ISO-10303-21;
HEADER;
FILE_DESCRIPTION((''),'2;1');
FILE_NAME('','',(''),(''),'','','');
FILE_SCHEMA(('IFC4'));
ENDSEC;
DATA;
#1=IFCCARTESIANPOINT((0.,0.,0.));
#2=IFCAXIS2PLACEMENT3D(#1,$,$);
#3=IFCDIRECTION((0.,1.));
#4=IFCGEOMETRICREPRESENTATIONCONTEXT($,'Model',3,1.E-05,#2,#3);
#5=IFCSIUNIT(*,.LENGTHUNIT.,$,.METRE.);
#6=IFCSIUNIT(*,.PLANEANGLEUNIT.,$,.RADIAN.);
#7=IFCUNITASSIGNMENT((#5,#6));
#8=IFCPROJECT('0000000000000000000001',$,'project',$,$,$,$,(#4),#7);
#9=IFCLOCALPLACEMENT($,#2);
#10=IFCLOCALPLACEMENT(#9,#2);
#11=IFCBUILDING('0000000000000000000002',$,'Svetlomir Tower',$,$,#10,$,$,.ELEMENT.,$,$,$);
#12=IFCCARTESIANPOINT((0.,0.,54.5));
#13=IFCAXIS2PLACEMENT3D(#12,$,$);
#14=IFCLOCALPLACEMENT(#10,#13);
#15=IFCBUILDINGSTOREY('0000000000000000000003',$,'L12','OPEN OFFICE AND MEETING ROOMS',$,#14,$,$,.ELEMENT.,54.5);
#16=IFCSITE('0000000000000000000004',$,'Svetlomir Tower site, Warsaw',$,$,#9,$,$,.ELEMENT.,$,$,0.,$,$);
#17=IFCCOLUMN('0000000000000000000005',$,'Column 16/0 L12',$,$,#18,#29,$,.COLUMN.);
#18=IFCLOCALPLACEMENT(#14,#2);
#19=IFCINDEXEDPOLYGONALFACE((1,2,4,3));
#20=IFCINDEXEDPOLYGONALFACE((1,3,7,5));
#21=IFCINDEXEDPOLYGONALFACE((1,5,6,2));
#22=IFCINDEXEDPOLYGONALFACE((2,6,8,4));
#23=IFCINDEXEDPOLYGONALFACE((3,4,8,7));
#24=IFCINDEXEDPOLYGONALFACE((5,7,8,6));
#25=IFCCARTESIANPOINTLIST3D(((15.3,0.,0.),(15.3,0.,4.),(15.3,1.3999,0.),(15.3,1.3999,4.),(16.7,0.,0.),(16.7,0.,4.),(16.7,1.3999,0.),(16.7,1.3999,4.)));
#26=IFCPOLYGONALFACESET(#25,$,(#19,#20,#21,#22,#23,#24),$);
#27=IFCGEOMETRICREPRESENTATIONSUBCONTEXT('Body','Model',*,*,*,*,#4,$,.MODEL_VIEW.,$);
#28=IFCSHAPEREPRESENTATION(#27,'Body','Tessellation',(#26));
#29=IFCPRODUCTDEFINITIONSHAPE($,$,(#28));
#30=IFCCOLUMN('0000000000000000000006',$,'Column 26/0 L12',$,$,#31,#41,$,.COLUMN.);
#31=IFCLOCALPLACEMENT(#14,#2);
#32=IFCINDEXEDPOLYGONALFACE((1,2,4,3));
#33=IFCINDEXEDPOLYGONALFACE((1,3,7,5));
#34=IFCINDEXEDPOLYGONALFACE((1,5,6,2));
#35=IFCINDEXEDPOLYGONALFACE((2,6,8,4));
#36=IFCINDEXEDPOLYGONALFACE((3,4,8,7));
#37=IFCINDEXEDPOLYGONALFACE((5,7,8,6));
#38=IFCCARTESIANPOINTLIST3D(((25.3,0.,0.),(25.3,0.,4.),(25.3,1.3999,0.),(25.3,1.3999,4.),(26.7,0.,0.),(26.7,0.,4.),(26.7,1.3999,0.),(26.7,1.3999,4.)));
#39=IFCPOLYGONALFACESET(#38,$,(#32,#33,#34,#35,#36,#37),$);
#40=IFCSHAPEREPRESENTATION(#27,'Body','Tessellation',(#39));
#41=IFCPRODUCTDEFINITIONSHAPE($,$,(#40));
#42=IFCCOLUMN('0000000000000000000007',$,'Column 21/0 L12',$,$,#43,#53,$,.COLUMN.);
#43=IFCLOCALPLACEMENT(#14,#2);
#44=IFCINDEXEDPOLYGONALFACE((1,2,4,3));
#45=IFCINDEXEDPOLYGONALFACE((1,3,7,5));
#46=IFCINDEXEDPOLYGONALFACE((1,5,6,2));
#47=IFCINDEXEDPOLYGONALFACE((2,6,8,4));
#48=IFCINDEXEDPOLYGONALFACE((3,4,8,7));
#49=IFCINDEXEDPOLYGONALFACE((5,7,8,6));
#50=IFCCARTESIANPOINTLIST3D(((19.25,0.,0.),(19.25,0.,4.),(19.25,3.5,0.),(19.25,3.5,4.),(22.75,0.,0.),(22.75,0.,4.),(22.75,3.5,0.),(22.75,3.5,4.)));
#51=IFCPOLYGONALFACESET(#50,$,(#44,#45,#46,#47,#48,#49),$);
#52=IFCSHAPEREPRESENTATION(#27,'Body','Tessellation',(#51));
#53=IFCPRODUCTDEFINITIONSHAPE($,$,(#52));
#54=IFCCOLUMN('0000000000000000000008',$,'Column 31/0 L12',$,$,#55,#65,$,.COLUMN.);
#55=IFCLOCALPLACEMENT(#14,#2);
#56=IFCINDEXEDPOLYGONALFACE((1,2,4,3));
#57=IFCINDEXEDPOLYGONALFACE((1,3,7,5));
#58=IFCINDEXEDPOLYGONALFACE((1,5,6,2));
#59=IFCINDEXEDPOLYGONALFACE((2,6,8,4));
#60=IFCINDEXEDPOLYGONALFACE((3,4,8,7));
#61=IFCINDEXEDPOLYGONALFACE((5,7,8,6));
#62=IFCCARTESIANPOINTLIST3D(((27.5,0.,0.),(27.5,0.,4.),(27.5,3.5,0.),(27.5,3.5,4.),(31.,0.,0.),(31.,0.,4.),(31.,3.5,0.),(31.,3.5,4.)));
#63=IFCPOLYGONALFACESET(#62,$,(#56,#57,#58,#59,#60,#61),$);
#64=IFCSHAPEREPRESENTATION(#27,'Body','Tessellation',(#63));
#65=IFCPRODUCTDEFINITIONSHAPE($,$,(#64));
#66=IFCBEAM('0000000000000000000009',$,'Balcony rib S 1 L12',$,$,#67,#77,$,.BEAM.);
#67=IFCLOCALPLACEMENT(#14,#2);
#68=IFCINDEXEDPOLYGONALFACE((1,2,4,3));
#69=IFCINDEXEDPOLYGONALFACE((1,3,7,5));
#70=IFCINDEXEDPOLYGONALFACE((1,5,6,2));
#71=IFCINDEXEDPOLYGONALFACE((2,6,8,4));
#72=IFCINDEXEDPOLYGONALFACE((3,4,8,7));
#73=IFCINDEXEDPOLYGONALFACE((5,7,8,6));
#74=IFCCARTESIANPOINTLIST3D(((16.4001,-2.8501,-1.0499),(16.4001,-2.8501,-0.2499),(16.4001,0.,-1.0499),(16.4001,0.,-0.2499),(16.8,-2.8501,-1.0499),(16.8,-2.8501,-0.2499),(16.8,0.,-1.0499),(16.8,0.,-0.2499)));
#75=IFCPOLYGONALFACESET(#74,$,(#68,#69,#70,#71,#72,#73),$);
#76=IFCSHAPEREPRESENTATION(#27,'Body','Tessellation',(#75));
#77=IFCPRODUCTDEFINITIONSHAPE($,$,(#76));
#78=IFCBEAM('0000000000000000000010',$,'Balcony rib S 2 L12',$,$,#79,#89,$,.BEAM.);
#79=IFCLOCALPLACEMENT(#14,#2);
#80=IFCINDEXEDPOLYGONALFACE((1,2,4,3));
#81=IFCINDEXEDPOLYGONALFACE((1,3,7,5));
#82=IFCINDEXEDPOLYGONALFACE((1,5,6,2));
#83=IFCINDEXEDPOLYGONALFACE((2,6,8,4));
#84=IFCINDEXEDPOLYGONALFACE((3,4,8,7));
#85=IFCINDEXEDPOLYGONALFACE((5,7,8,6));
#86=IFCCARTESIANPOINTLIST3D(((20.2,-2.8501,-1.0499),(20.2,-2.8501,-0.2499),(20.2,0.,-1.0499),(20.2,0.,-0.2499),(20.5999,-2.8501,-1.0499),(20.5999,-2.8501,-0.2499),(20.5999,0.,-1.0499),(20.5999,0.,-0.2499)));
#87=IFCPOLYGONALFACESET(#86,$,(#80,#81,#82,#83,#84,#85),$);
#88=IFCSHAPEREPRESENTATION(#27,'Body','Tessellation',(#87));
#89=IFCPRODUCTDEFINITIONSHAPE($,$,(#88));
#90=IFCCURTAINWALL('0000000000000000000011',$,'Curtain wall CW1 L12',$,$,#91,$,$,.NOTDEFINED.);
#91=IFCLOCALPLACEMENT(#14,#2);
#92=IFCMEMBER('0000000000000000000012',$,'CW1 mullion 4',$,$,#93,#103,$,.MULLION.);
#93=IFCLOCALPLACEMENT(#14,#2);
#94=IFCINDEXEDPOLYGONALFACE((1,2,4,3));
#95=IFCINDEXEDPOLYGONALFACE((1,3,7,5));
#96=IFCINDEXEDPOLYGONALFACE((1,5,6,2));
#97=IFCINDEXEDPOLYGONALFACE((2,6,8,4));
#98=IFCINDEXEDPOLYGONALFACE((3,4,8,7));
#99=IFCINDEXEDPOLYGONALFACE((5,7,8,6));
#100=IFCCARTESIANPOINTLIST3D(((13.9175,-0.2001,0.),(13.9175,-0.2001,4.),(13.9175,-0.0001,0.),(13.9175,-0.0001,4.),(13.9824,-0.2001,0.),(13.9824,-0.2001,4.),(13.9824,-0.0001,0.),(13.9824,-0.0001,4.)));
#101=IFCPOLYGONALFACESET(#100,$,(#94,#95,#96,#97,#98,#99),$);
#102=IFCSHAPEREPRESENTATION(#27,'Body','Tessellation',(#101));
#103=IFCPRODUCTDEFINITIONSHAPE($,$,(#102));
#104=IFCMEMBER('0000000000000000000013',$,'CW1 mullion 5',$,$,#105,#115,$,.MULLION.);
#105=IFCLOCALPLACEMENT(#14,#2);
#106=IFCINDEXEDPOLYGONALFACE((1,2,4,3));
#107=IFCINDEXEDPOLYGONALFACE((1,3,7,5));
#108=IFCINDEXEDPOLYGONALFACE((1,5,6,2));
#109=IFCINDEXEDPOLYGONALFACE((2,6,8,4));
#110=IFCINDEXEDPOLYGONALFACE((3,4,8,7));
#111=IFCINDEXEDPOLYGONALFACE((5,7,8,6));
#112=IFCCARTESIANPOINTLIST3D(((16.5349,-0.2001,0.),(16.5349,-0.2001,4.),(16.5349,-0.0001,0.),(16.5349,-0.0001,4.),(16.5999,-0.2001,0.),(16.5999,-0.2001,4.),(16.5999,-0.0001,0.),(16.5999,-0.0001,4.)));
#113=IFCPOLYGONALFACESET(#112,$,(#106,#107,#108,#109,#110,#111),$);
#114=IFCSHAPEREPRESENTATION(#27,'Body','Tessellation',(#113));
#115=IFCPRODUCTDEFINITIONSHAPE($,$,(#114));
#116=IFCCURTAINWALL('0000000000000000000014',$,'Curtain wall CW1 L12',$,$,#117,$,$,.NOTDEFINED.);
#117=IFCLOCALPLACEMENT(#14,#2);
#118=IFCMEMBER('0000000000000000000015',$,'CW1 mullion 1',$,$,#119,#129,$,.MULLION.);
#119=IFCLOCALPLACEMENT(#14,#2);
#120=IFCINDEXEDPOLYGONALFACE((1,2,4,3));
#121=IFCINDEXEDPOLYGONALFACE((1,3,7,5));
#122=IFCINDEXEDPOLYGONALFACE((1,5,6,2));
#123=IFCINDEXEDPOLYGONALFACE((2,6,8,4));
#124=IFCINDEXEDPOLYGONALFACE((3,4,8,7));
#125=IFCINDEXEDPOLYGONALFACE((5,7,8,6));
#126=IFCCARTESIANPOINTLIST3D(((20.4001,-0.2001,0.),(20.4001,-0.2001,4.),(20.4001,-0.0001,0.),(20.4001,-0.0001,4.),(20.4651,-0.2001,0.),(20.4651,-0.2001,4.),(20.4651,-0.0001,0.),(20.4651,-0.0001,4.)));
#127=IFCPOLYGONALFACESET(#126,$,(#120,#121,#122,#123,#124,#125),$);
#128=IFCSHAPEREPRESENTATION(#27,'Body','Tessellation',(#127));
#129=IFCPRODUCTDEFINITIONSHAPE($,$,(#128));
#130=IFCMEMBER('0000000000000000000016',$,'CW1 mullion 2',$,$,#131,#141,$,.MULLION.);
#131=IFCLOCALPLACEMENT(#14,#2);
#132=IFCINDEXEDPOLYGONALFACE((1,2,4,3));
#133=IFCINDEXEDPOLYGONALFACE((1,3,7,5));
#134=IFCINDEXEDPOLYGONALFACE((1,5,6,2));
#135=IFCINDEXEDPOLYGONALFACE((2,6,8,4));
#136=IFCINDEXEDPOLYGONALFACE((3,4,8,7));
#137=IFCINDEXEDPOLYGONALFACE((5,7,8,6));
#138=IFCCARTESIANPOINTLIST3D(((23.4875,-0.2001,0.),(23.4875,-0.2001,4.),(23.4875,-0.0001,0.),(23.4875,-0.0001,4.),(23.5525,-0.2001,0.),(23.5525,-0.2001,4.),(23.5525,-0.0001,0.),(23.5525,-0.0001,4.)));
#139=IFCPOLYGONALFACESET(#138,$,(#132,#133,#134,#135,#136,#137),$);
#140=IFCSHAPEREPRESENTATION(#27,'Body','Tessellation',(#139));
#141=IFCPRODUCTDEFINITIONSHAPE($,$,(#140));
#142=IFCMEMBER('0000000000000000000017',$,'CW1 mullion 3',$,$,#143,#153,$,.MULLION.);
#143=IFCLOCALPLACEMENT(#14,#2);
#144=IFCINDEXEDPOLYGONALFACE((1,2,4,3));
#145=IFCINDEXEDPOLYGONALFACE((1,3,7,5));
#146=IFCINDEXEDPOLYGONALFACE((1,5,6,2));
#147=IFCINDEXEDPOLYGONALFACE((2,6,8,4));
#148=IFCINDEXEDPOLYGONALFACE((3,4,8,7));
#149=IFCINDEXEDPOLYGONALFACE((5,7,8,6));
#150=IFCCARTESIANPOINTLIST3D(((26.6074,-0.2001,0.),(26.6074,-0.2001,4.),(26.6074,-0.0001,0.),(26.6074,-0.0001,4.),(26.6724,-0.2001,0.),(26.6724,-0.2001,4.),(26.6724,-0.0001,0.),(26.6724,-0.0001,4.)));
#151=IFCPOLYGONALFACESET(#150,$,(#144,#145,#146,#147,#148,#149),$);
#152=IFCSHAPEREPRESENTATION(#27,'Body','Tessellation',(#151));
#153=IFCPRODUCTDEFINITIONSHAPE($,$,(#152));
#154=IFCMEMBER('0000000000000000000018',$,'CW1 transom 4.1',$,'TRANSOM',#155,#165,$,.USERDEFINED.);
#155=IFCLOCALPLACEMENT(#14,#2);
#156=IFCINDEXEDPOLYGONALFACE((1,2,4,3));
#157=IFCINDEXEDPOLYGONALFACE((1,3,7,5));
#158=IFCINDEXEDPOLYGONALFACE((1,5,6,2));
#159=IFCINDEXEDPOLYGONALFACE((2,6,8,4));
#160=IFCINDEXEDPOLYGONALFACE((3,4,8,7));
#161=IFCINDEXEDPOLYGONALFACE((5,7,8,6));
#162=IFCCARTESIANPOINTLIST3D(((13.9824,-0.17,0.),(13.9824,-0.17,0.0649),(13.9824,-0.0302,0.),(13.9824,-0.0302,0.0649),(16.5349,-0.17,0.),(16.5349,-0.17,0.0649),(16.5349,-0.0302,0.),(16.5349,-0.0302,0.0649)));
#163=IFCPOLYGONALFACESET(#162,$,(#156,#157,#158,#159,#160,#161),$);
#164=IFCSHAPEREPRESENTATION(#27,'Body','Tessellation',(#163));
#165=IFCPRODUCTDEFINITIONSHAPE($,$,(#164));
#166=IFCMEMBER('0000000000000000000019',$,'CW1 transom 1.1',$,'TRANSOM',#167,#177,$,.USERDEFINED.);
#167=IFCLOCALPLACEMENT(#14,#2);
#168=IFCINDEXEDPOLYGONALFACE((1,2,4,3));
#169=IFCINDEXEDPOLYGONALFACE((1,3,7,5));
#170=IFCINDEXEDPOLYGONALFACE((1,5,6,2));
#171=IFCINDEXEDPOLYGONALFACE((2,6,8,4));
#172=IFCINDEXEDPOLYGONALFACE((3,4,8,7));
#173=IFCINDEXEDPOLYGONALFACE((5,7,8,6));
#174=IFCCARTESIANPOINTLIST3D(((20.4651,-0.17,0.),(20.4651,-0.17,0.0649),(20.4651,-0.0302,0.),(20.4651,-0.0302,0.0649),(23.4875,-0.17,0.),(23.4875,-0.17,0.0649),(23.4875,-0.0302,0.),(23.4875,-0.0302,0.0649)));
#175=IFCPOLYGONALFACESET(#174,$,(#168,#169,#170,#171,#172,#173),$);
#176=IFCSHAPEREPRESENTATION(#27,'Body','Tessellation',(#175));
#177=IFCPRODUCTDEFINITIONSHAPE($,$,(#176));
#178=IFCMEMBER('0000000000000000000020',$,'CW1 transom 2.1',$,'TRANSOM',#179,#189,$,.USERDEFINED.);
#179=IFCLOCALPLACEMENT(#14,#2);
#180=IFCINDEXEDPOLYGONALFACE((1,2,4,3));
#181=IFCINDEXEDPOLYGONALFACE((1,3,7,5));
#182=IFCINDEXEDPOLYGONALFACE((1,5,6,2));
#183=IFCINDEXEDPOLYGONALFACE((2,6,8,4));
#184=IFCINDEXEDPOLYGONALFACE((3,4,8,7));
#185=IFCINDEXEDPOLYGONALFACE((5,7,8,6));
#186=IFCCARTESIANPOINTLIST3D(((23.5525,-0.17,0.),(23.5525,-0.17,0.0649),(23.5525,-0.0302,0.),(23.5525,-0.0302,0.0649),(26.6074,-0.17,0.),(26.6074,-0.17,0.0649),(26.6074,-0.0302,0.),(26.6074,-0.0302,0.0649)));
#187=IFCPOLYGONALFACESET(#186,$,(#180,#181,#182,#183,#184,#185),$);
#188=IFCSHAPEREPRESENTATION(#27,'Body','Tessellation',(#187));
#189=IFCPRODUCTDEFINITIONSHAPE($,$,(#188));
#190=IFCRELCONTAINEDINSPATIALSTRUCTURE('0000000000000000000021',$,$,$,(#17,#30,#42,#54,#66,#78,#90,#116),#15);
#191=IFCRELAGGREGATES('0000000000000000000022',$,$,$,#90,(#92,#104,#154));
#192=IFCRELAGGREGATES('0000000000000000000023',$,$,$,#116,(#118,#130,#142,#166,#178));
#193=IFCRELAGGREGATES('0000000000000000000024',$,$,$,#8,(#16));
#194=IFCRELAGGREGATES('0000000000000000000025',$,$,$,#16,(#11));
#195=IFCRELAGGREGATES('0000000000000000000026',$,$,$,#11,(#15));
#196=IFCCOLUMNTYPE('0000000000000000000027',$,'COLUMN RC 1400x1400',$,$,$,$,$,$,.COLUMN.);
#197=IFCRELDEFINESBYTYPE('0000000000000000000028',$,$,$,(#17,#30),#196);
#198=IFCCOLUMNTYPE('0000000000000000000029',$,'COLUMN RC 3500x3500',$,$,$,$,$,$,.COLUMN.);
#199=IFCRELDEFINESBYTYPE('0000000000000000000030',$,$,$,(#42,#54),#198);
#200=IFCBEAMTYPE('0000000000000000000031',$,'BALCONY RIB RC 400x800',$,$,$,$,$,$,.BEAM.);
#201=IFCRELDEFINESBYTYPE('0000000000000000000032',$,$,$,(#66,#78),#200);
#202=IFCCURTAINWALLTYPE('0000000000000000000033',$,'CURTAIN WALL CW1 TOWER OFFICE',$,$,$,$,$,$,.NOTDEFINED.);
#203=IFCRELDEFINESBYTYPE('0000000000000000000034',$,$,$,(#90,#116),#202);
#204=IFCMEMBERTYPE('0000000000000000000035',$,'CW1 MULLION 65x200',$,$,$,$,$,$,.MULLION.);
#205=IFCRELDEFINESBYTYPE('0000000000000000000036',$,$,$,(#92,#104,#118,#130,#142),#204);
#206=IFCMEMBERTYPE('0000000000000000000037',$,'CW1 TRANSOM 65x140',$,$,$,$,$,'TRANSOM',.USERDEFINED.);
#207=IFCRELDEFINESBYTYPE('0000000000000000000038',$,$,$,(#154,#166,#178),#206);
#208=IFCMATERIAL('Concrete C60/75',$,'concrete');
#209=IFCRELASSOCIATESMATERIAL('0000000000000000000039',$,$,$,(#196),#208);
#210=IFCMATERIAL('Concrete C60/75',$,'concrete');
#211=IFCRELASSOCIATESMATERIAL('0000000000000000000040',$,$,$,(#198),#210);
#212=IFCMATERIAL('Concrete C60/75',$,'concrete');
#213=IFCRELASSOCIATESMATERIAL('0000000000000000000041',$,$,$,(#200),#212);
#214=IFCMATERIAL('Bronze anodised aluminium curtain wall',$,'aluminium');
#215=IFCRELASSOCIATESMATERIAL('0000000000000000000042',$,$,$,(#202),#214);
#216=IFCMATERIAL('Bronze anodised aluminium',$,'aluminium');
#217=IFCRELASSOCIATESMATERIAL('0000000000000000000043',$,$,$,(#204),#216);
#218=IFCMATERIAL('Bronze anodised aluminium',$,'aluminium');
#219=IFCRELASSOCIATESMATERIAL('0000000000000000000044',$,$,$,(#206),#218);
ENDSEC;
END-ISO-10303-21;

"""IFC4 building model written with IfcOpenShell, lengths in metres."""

from ifc_helpers import new_model, si_unit, direction, frame, origin, origin_2d, place, context, subcontext, project, spatial, rectangle, extrude, material, material_profile, profile_set, type_object, element, aggregate, save


model = new_model("IFC4")

# Units and contexts
model_context = context("Model", 3, precision=1e-05, world=origin(), true_north=direction((0.0, 1.0)))
body_context = subcontext(model_context, "Body", "Model", "MODEL_VIEW")
ifc_project = project(units=[si_unit("LENGTHUNIT", "METRE"), si_unit("PLANEANGLEUNIT", "RADIAN")], contexts=[model_context])

# Site, building, storey
site_placement = place(None, origin())
site = spatial("IfcSite", under=ifc_project, at=site_placement, Name="Svetlomir Tower site, Warsaw", CompositionType="ELEMENT", RefElevation=0.0)
building_placement = place(site_placement, origin())
building = spatial("IfcBuilding", under=site, at=building_placement, Name="Svetlomir Tower", CompositionType="ELEMENT")
storey_placement = place(building_placement, frame((0.0, 0.0, 54.5)))
storey = spatial("IfcBuildingStorey", under=building, at=storey_placement, Name="L12", Description="OPEN OFFICE AND MEETING ROOMS", CompositionType="ELEMENT", Elevation=54.5)

# Columns
ifc_material_1 = material(Name="Concrete C60/75", Category="concrete")
ifc_material_profile_1 = material_profile(ifc_material_1, rectangle(XDim=1.3999, YDim=1.3999, at=origin_2d()), Name="RC 1400x1400")
ifc_profile_set_1 = profile_set([ifc_material_profile_1], Name="Concrete C60/75")
column_type_1 = type_object("IfcColumnType", Name="COLUMN RC 1400x1400", PredefinedType="COLUMN", material=ifc_profile_set_1)
for number, where, z_axis, x_axis, name in (
    (1, (16.0, 0.7, 0.0), (0.0, 0.0, 1.0), (1.0, 0.0, 0.0), "Column 16/0 L12"),
    (2, (26.0, 0.7, 0.0), (0.0, 0.0, 1.0), (1.0, 0.0, 0.0), "Column 26/0 L12"),
):
    element("IfcColumn", number, at=place(storey_placement, frame(where, z_axis=z_axis, x_axis=x_axis)), inside=storey, type_object=column_type_1, Name=name, PredefinedType="COLUMN", context=body_context, shape_type="SweptSolid", body=[
        extrude(rectangle(XDim=1.3999, YDim=1.3999, at=origin_2d()), origin(), (0.0, 0.0, 1.0), 4.0),
    ])
ifc_material_2 = material(Name="Concrete C60/75", Category="concrete")
ifc_material_profile_2 = material_profile(ifc_material_2, rectangle(XDim=3.5, YDim=3.5, at=origin_2d()), Name="RC 3500x3500")
ifc_profile_set_2 = profile_set([ifc_material_profile_2], Name="Concrete C60/75")
column_type_2 = type_object("IfcColumnType", Name="COLUMN RC 3500x3500", PredefinedType="COLUMN", material=ifc_profile_set_2)
for number, where, z_axis, x_axis, name in (
    (3, (21.0, 1.75, 0.0), (0.0, 0.0, 1.0), (1.0, 0.0, 0.0), "Column 21/0 L12"),
    (4, (29.25, 1.75, 0.0), (0.0, 0.0, 1.0), (1.0, 0.0, 0.0), "Column 31/0 L12"),
):
    element("IfcColumn", number, at=place(storey_placement, frame(where, z_axis=z_axis, x_axis=x_axis)), inside=storey, type_object=column_type_2, Name=name, PredefinedType="COLUMN", context=body_context, shape_type="SweptSolid", body=[
        extrude(rectangle(XDim=3.5, YDim=3.5, at=origin_2d()), origin(), (0.0, 0.0, 1.0), 4.0),
    ])

# Beams
ifc_material_3 = material(Name="Concrete C60/75", Category="concrete")
ifc_material_profile_3 = material_profile(ifc_material_3, rectangle(XDim=0.3999, YDim=0.8, at=origin_2d()), Name="RC 400x800")
ifc_profile_set_3 = profile_set([ifc_material_profile_3], Name="Concrete C60/75")
beam_type_1 = type_object("IfcBeamType", Name="BALCONY RIB RC 400x800", PredefinedType="BEAM", material=ifc_profile_set_3)
for number, where, z_axis, x_axis, name in (
    (5, (16.6001, 0.0, -0.6499), (0.0, -1.0, 0.0), (1.0, 0.0, 0.0), "Balcony rib S 1 L12"),
    (6, (20.3999, 0.0, -0.6499), (0.0, -1.0, 0.0), (1.0, 0.0, 0.0), "Balcony rib S 2 L12"),
):
    element("IfcBeam", number, at=place(storey_placement, frame(where, z_axis=z_axis, x_axis=x_axis)), inside=storey, type_object=beam_type_1, Name=name, PredefinedType="BEAM", context=body_context, shape_type="SweptSolid", body=[
        extrude(rectangle(XDim=0.3999, YDim=0.8, at=origin_2d()), origin(), (0.0, 0.0, 1.0), 2.8501),
    ])

# Curtain walls, members
ifc_material_4 = material(Name="Bronze anodised aluminium curtain wall", Category="aluminium")
curtain_wall_type = type_object("IfcCurtainWallType", Name="CURTAIN WALL CW1 TOWER OFFICE", PredefinedType="NOTDEFINED", material=ifc_material_4)
curtain_wall_1_placement = place(storey_placement, origin())
curtain_wall_1 = element("IfcCurtainWall", 7, at=curtain_wall_1_placement, inside=storey, type_object=curtain_wall_type, Name="Curtain wall CW1 L12", PredefinedType="NOTDEFINED")
ifc_material_5 = material(Name="Bronze anodised aluminium", Category="aluminium")
ifc_material_profile_4 = material_profile(ifc_material_5, rectangle(XDim=0.0649, YDim=0.2, at=origin_2d()), Name="AL 65x200")
ifc_profile_set_4 = profile_set([ifc_material_profile_4], Name="Bronze anodised aluminium 6063-T6")
member_type_1 = type_object("IfcMemberType", Name="CW1 MULLION 65x200", PredefinedType="MULLION", material=ifc_profile_set_4)
member_1_placement = place(storey_placement, frame((13.95, -0.1001, 0.0), z_axis=(0.0, 0.0, 1.0), x_axis=(1.0, 0.0, 0.0)))
member_1 = element("IfcMember", 8, at=member_1_placement, type_object=member_type_1, Name="CW1 mullion 4", PredefinedType="MULLION", context=body_context, shape_type="SweptSolid", body=[
    extrude(rectangle(XDim=0.0649, YDim=0.2, at=origin_2d()), origin(), (0.0, 0.0, 1.0), 4.0),
])
member_2_placement = place(storey_placement, frame((16.5674, -0.1001, 0.0), z_axis=(0.0, 0.0, 1.0), x_axis=(1.0, 0.0, 0.0)))
member_2 = element("IfcMember", 9, at=member_2_placement, type_object=member_type_1, Name="CW1 mullion 5", PredefinedType="MULLION", context=body_context, shape_type="SweptSolid", body=[
    extrude(rectangle(XDim=0.0649, YDim=0.2, at=origin_2d()), origin(), (0.0, 0.0, 1.0), 4.0),
])
curtain_wall_2_placement = place(storey_placement, origin())
curtain_wall_2 = element("IfcCurtainWall", 10, at=curtain_wall_2_placement, inside=storey, type_object=curtain_wall_type, Name="Curtain wall CW1 L12", PredefinedType="NOTDEFINED")
member_3_placement = place(storey_placement, frame((20.4326, -0.1001, 0.0), z_axis=(0.0, 0.0, 1.0), x_axis=(1.0, 0.0, 0.0)))
member_3 = element("IfcMember", 11, at=member_3_placement, type_object=member_type_1, Name="CW1 mullion 1", PredefinedType="MULLION", context=body_context, shape_type="SweptSolid", body=[
    extrude(rectangle(XDim=0.0649, YDim=0.2, at=origin_2d()), origin(), (0.0, 0.0, 1.0), 4.0),
])
member_4_placement = place(storey_placement, frame((23.52, -0.1001, 0.0), z_axis=(0.0, 0.0, 1.0), x_axis=(1.0, 0.0, 0.0)))
member_4 = element("IfcMember", 12, at=member_4_placement, type_object=member_type_1, Name="CW1 mullion 2", PredefinedType="MULLION", context=body_context, shape_type="SweptSolid", body=[
    extrude(rectangle(XDim=0.0649, YDim=0.2, at=origin_2d()), origin(), (0.0, 0.0, 1.0), 4.0),
])
member_5_placement = place(storey_placement, frame((26.6399, -0.1001, 0.0), z_axis=(0.0, 0.0, 1.0), x_axis=(1.0, 0.0, 0.0)))
member_5 = element("IfcMember", 13, at=member_5_placement, type_object=member_type_1, Name="CW1 mullion 3", PredefinedType="MULLION", context=body_context, shape_type="SweptSolid", body=[
    extrude(rectangle(XDim=0.0649, YDim=0.2, at=origin_2d()), origin(), (0.0, 0.0, 1.0), 4.0),
])

# Members
ifc_material_6 = material(Name="Bronze anodised aluminium", Category="aluminium")
ifc_material_profile_5 = material_profile(ifc_material_6, rectangle(XDim=0.1399, YDim=0.0649, at=origin_2d()), Name="AL 140x65")
ifc_profile_set_5 = profile_set([ifc_material_profile_5], Name="Bronze anodised aluminium 6063-T6")
member_type_2 = type_object("IfcMemberType", Name="CW1 TRANSOM 65x140", ElementType="TRANSOM", PredefinedType="USERDEFINED", material=ifc_profile_set_5)
member_6_placement = place(storey_placement, frame((13.9824, -0.1001, 0.0325), z_axis=(1.0, 0.0, 0.0), x_axis=(0.0, 1.0, 0.0)))
member_6 = element("IfcMember", 14, at=member_6_placement, type_object=member_type_2, Name="CW1 transom 4.1", ObjectType="TRANSOM", PredefinedType="USERDEFINED", context=body_context, shape_type="SweptSolid", body=[
    extrude(rectangle(XDim=0.1399, YDim=0.0649, at=origin_2d()), origin(), (0.0, 0.0, 1.0), 2.5525),
])
member_7_placement = place(storey_placement, frame((20.4651, -0.1001, 0.0325), z_axis=(1.0, 0.0, 0.0), x_axis=(0.0, 1.0, 0.0)))
member_7 = element("IfcMember", 15, at=member_7_placement, type_object=member_type_2, Name="CW1 transom 1.1", ObjectType="TRANSOM", PredefinedType="USERDEFINED", context=body_context, shape_type="SweptSolid", body=[
    extrude(rectangle(XDim=0.1399, YDim=0.0649, at=origin_2d()), origin(), (0.0, 0.0, 1.0), 3.0225),
])
member_8_placement = place(storey_placement, frame((23.5525, -0.1001, 0.0325), z_axis=(1.0, 0.0, 0.0), x_axis=(0.0, 1.0, 0.0)))
member_8 = element("IfcMember", 16, at=member_8_placement, type_object=member_type_2, Name="CW1 transom 2.1", ObjectType="TRANSOM", PredefinedType="USERDEFINED", context=body_context, shape_type="SweptSolid", body=[
    extrude(rectangle(XDim=0.1399, YDim=0.0649, at=origin_2d()), origin(), (0.0, 0.0, 1.0), 3.0549),
])

aggregate(curtain_wall_1, [member_1, member_2, member_6])
aggregate(curtain_wall_2, [member_3, member_4, member_5, member_7, member_8])

save(model, "model.ifc")
